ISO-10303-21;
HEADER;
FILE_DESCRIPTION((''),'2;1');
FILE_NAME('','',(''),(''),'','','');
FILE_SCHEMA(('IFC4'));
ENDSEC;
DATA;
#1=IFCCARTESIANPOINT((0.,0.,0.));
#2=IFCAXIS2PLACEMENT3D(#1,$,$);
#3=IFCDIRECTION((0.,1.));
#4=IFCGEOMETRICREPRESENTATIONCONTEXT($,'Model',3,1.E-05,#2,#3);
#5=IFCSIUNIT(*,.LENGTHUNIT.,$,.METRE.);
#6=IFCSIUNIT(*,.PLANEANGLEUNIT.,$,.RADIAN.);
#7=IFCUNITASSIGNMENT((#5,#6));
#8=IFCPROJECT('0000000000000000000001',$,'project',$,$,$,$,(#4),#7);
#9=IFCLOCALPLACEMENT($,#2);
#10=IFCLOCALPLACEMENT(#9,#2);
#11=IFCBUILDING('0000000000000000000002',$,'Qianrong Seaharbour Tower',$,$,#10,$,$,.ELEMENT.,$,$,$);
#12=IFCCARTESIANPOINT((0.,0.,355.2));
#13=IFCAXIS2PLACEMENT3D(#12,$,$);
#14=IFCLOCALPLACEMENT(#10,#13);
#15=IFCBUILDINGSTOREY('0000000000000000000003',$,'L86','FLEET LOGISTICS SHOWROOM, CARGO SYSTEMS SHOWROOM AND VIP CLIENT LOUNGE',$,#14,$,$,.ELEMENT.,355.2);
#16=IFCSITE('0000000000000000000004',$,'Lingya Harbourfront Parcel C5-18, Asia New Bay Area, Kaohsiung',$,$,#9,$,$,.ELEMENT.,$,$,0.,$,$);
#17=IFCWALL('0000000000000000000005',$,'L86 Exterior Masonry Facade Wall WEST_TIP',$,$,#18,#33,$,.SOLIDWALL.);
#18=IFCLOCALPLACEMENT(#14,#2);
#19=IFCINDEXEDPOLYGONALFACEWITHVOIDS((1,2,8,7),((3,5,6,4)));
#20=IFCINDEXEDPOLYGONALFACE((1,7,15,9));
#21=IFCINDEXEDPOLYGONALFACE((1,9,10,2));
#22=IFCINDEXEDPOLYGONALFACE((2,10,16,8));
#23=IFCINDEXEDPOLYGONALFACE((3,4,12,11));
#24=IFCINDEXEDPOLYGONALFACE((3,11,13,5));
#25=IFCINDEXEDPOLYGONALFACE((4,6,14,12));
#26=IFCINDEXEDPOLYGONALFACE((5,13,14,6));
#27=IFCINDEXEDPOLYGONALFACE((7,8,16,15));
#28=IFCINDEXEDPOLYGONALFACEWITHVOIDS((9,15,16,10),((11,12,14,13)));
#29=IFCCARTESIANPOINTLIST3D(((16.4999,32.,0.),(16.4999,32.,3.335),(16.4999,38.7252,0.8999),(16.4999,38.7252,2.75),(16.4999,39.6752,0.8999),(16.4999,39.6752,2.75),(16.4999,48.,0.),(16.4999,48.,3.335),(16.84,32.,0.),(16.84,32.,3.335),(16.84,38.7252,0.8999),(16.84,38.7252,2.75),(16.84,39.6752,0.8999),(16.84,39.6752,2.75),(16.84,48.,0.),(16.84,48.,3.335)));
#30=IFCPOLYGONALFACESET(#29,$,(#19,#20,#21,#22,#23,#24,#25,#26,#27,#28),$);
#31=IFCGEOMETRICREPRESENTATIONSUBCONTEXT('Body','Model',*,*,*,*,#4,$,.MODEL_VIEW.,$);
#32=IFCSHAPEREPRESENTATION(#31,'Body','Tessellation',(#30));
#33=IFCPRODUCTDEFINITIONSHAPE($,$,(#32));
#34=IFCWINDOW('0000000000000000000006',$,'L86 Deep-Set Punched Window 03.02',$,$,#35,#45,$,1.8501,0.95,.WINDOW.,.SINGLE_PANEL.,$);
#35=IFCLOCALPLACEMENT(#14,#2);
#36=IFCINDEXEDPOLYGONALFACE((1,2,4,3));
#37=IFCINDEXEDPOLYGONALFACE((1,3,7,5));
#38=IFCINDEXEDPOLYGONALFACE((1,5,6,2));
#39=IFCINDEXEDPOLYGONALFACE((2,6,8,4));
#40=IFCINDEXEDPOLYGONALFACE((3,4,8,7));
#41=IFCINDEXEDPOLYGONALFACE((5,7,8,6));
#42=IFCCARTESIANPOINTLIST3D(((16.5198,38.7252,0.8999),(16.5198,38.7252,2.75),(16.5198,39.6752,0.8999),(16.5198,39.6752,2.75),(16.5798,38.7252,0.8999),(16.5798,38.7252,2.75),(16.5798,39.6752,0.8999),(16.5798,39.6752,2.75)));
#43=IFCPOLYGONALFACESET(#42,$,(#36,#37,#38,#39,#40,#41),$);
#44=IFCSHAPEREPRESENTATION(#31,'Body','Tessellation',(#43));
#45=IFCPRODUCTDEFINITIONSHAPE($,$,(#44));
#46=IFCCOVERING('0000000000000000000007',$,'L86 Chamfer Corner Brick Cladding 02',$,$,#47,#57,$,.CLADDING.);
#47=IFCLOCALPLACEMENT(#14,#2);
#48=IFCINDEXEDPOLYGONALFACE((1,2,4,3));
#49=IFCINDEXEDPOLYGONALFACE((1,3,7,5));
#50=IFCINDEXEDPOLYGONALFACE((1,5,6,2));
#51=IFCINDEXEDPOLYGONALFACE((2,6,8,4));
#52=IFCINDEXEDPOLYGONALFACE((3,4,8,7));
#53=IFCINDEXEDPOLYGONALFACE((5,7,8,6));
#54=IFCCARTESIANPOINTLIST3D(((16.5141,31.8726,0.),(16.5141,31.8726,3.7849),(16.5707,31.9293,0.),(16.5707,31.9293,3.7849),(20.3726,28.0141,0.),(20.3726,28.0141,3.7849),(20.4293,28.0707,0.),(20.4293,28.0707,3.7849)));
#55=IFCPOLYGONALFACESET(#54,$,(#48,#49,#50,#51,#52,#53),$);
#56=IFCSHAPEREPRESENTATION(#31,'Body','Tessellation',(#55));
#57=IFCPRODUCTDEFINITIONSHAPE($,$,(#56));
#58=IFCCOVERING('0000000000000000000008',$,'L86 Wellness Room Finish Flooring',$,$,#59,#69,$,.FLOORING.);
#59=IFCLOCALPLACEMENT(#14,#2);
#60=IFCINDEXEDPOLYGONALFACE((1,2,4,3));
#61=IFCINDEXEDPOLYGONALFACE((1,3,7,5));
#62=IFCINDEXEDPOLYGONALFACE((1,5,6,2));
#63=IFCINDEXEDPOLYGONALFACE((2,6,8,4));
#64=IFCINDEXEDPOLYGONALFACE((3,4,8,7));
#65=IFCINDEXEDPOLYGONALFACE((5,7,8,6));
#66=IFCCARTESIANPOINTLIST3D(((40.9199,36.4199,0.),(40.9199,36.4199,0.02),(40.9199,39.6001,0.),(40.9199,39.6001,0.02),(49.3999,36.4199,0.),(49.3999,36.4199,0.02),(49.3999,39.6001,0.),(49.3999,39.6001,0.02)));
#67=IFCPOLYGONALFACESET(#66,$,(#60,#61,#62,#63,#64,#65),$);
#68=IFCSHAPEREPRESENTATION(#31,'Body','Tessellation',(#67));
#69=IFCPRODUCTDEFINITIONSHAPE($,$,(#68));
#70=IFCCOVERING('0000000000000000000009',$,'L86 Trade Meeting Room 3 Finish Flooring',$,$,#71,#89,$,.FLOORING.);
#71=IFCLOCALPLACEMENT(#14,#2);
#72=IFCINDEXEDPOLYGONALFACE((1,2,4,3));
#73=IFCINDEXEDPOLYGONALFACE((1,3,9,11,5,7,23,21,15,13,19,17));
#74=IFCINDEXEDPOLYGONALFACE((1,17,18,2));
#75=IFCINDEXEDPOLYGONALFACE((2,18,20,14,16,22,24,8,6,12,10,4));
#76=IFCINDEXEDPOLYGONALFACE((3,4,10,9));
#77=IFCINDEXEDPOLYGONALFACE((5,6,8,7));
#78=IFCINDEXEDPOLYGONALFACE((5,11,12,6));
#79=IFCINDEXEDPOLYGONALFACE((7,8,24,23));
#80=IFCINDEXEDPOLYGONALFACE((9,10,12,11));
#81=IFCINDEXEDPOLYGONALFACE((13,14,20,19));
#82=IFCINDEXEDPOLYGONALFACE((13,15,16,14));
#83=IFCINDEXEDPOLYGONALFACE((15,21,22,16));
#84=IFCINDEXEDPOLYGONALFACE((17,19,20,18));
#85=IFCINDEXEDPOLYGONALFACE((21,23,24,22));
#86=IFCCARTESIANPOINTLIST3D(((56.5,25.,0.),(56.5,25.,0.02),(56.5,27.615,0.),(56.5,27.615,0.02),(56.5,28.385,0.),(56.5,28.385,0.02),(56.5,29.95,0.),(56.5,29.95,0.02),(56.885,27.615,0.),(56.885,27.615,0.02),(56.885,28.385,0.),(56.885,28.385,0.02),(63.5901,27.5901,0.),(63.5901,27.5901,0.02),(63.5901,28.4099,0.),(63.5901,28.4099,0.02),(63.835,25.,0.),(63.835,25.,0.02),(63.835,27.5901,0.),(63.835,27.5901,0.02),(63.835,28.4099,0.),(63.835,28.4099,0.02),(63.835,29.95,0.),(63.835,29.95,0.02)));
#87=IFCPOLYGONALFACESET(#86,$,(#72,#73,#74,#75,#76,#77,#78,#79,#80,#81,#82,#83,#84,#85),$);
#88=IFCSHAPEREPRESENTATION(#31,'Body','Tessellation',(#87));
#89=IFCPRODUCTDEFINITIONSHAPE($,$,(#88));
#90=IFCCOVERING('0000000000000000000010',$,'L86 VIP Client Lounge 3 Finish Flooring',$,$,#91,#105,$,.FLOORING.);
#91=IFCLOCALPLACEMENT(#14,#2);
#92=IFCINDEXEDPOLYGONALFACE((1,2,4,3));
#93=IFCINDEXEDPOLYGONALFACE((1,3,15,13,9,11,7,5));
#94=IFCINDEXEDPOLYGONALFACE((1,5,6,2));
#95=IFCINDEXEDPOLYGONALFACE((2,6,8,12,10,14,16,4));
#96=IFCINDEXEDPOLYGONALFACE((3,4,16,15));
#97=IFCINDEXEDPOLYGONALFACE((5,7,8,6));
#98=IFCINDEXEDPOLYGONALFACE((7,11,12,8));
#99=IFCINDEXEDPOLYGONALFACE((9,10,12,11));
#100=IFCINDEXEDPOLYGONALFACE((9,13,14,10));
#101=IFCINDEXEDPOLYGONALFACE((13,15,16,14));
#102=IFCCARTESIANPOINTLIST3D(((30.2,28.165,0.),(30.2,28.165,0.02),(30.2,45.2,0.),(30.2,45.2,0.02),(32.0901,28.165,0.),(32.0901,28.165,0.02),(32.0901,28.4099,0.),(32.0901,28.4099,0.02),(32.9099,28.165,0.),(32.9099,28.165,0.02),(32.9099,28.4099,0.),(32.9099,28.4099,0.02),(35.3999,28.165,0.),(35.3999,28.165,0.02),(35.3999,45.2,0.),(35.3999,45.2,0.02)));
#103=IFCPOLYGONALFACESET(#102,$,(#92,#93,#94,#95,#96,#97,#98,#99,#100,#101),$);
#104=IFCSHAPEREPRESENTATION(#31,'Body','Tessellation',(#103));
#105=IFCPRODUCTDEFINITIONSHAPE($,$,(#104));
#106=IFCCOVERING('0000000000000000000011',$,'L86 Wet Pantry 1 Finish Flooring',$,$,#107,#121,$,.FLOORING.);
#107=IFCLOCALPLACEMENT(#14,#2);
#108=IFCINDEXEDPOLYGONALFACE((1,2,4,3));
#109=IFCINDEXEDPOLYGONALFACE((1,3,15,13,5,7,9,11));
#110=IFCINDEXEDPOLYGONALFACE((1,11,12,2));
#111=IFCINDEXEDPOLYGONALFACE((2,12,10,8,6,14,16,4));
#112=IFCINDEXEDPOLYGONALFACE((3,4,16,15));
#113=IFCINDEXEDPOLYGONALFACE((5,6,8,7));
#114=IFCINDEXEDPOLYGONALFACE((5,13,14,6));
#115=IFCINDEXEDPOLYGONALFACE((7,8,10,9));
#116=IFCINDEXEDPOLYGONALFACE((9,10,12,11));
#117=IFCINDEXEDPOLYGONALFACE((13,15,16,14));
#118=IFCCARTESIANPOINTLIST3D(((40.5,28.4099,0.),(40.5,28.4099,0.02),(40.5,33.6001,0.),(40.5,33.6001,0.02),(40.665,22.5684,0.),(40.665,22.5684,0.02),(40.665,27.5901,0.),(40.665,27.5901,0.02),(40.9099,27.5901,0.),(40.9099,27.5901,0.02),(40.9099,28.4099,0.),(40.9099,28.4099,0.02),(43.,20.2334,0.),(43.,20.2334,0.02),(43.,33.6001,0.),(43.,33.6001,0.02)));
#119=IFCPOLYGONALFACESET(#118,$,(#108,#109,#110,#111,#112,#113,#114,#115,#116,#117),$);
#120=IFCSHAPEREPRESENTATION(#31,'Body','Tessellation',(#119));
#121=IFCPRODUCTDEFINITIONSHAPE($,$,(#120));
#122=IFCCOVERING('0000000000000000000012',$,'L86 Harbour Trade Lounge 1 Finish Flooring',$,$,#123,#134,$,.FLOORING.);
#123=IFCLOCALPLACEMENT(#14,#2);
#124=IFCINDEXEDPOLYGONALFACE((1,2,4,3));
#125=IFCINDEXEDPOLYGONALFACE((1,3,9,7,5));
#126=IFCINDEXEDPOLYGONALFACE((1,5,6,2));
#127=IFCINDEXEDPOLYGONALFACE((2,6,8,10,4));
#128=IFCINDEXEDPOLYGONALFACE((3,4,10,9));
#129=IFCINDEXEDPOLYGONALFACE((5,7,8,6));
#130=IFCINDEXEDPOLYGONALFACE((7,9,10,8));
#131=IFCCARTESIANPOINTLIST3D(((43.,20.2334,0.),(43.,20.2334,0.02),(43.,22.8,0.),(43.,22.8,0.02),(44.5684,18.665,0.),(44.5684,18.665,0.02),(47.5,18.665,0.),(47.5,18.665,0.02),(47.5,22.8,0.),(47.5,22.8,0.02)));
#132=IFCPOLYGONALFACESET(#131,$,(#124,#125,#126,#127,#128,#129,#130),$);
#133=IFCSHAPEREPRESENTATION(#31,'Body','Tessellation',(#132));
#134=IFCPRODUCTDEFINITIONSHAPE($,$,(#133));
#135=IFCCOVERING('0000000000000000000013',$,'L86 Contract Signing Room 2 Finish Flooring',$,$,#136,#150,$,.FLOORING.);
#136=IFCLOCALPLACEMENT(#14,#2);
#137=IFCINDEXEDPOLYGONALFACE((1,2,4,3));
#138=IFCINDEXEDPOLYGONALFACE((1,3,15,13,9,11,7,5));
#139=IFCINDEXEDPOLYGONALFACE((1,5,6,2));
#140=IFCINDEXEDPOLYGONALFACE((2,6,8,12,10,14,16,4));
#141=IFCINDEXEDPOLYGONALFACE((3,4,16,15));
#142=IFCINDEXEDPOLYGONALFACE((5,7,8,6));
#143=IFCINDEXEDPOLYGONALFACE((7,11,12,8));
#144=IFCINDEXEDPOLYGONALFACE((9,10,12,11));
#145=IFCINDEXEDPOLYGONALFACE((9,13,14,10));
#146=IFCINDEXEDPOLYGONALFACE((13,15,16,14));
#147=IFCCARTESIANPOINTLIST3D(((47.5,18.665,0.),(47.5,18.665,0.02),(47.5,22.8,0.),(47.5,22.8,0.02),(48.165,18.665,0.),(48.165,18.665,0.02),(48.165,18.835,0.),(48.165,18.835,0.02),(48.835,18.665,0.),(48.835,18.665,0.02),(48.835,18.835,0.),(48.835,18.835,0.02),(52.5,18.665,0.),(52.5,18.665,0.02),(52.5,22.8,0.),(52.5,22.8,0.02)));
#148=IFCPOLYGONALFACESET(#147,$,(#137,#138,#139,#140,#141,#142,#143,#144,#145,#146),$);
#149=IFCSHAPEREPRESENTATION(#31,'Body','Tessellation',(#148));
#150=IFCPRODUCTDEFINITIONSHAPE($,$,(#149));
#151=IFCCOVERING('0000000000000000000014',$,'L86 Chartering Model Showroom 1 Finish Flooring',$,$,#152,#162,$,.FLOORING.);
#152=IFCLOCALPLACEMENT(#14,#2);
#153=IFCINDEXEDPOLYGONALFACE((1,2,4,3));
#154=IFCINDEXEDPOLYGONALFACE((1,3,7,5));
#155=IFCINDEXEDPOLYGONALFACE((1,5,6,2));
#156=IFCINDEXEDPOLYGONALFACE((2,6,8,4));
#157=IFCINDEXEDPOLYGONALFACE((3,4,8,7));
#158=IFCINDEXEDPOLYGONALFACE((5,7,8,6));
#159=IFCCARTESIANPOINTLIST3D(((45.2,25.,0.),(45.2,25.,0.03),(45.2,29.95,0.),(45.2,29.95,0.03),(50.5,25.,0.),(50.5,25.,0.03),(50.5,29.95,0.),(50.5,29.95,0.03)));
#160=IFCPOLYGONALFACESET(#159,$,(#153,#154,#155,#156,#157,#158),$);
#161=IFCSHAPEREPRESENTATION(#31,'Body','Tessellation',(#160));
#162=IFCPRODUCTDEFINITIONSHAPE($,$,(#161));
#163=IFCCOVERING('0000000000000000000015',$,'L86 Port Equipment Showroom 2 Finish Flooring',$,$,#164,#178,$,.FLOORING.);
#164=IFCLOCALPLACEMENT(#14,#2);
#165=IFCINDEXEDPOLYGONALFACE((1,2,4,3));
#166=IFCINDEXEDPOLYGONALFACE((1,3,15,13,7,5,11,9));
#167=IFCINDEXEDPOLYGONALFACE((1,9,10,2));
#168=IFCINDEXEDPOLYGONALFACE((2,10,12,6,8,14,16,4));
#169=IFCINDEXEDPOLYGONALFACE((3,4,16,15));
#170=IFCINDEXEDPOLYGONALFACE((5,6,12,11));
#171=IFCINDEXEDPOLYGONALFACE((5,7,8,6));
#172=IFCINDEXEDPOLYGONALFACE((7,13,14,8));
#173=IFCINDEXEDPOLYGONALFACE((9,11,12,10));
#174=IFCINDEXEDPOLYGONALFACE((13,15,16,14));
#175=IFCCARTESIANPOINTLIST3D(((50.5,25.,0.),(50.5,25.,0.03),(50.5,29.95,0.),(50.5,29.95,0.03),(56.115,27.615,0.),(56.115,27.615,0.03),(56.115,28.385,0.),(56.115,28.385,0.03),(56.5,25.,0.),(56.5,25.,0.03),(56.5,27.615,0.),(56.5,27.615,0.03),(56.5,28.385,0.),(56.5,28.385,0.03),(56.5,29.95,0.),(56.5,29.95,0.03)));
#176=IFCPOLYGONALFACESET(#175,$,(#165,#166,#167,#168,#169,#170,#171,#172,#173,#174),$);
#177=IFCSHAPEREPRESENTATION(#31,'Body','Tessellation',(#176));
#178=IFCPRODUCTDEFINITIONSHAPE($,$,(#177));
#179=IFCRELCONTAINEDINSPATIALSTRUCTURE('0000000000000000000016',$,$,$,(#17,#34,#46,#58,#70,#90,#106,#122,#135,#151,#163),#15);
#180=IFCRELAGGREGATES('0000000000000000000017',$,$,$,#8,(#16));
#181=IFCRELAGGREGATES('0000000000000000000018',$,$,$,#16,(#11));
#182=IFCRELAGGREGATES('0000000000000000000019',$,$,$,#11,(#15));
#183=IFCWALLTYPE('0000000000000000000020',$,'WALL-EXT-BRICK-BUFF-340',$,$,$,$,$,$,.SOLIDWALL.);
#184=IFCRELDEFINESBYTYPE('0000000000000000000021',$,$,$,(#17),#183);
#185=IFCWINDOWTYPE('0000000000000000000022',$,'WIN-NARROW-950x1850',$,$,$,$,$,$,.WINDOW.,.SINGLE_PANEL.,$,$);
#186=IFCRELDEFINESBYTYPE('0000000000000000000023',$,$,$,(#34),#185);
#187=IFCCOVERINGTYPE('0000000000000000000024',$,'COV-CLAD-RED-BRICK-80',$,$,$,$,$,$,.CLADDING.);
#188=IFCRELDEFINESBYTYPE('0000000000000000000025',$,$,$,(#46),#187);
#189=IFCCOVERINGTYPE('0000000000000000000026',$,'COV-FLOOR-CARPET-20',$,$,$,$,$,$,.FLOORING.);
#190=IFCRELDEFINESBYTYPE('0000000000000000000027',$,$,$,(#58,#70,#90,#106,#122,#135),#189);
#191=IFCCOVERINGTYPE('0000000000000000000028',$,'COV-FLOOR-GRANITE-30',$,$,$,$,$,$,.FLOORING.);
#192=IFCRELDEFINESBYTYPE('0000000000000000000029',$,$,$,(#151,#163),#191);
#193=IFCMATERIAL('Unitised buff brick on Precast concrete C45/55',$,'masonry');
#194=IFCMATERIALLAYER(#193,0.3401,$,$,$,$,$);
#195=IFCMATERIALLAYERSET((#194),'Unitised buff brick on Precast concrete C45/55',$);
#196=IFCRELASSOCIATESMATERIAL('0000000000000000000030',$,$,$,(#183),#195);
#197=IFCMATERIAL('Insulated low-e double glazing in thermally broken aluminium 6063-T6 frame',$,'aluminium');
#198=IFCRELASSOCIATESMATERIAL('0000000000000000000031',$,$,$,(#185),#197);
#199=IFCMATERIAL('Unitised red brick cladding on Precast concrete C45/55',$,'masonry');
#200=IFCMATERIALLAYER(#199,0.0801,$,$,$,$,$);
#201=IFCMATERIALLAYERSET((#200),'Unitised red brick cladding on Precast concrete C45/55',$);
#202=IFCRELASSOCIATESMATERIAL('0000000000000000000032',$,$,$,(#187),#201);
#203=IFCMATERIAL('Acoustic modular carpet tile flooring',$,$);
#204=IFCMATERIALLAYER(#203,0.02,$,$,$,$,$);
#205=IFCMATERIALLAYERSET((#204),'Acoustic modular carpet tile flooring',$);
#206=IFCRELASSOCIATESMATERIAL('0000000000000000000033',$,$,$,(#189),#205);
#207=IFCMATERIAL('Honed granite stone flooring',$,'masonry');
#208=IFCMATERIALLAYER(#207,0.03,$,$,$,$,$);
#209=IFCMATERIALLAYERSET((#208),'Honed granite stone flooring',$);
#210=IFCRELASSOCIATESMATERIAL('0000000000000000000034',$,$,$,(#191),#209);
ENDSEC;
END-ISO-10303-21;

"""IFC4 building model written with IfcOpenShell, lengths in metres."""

from ifc_helpers import new_model, si_unit, direction, frame, frame_2d, origin, origin_2d, place, context, subcontext, project, spatial, polyline, rectangle, outline, extrude, material, layer, layer_set, type_object, element, fill, save


model = new_model("IFC4")

# Units and contexts
model_context = context("Model", 3, precision=1e-05, world=origin(), true_north=direction((0.0, 1.0)))
body_context = subcontext(model_context, "Body", "Model", "MODEL_VIEW")
ifc_project = project(units=[si_unit("LENGTHUNIT", "METRE"), si_unit("PLANEANGLEUNIT", "RADIAN")], contexts=[model_context])

# Site, building, storey
site_placement = place(None, origin())
site = spatial("IfcSite", under=ifc_project, at=site_placement, Name="Lingya Harbourfront Parcel C5-18, Asia New Bay Area, Kaohsiung", CompositionType="ELEMENT", RefElevation=0.0)
building_placement = place(site_placement, origin())
building = spatial("IfcBuilding", under=site, at=building_placement, Name="Qianrong Seaharbour Tower", CompositionType="ELEMENT")
storey_placement = place(building_placement, frame((0.0, 0.0, 355.2)))
storey = spatial("IfcBuildingStorey", under=building, at=storey_placement, Name="L86", Description="FLEET LOGISTICS SHOWROOM, CARGO SYSTEMS SHOWROOM AND VIP CLIENT LOUNGE", CompositionType="ELEMENT", Elevation=355.2)

# Shared definitions
ifc_material_1 = material(Name="Unitised buff brick on Precast concrete C45/55", Category="masonry")
ifc_layer_1 = layer(ifc_material_1, 0.3401)
ifc_layer_set_1 = layer_set([ifc_layer_1], Name="Unitised buff brick on Precast concrete C45/55")
wall_type = type_object("IfcWallType", Name="WALL-EXT-BRICK-BUFF-340", PredefinedType="SOLIDWALL", material=ifc_layer_set_1)

# Wall, opening, window
wall_1_placement = place(storey_placement, frame((16.6699, 32.0, 0.0), z_axis=(0.0, 0.0, 1.0), x_axis=(0.0, 1.0, 0.0)))
wall_1 = element("IfcWall", 1, at=wall_1_placement, inside=storey, type_object=wall_type, Name="L86 Exterior Masonry Facade Wall WEST_TIP", PredefinedType="SOLIDWALL", context=body_context, shape_type="SweptSolid", body=[
    extrude(rectangle(XDim=16.0, YDim=0.3401, at=frame_2d((8.0, 0.0))), origin(), (0.0, 0.0, 1.0), 3.335),
])
opening_placement = place(wall_1_placement, frame((6.7251, 0.0, 0.8999)))
opening = element("IfcOpeningElement", 2, at=opening_placement, cuts=wall_1, PredefinedType="OPENING", context=body_context, shape_type="SweptSolid", body=[
    extrude(rectangle(XDim=0.95, YDim=1.8501, at=frame_2d((0.4751, 0.925))), frame((0.0, 0.1802, 0.0), z_axis=(0.0, -1.0, 0.0), x_axis=(1.0, 0.0, 0.0)), (0.0, 0.0, 1.0), 0.3601),
])
ifc_material_2 = material(Name="Insulated low-e double glazing in thermally broken aluminium 6063-T6 frame", Category="aluminium")
window_type = type_object("IfcWindowType", Name="WIN-NARROW-950x1850", PartitioningType="SINGLE_PANEL", PredefinedType="WINDOW", material=ifc_material_2)
window_placement = place(opening_placement, origin())
window = element("IfcWindow", 3, at=window_placement, inside=storey, type_object=window_type, Name="L86 Deep-Set Punched Window 03.02", OverallHeight=1.8501, OverallWidth=0.95, PartitioningType="SINGLE_PANEL", PredefinedType="WINDOW", context=body_context, shape_type="SweptSolid", body=[
    extrude(rectangle(XDim=0.95, YDim=1.8501, at=frame_2d((0.4751, 0.925))), frame((0.0, 0.1501, 0.0), z_axis=(0.0, -1.0, 0.0), x_axis=(1.0, 0.0, 0.0)), (0.0, 0.0, 1.0), 0.0601),
])
fill(opening, window)

# Coverings
ifc_material_3 = material(Name="Unitised red brick cladding on Precast concrete C45/55", Category="masonry")
ifc_layer_2 = layer(ifc_material_3, 0.0801)
ifc_layer_set_2 = layer_set([ifc_layer_2], Name="Unitised red brick cladding on Precast concrete C45/55")
covering_type_1 = type_object("IfcCoveringType", Name="COV-CLAD-RED-BRICK-80", PredefinedType="CLADDING", material=ifc_layer_set_2)
covering_1_placement = place(storey_placement, frame((18.4717, 29.9717, 0.0), z_axis=(0.0, 0.0, 1.0), x_axis=(-0.707107, 0.707107, 0.0)))
element("IfcCovering", 4, at=covering_1_placement, inside=storey, type_object=covering_type_1, Name="L86 Chamfer Corner Brick Cladding 02", PredefinedType="CLADDING", context=body_context, shape_type="SweptSolid", body=[
    extrude(rectangle(XDim=5.4568, YDim=0.0801, at=origin_2d()), origin(), (0.0, 0.0, 1.0), 3.7849),
])
ifc_material_4 = material(Name="Acoustic modular carpet tile flooring")
ifc_layer_3 = layer(ifc_material_4, 0.02)
ifc_layer_set_3 = layer_set([ifc_layer_3], Name="Acoustic modular carpet tile flooring")
covering_type_2 = type_object("IfcCoveringType", Name="COV-FLOOR-CARPET-20", PredefinedType="FLOORING", material=ifc_layer_set_3)
covering_2_placement = place(storey_placement, origin())
element("IfcCovering", 5, at=covering_2_placement, inside=storey, type_object=covering_type_2, Name="L86 Wellness Room Finish Flooring", PredefinedType="FLOORING", context=body_context, shape_type="SweptSolid", body=[
    extrude(outline(polyline([(49.3999, 39.6001), (49.3999, 36.4199), (40.9199, 36.4199), (40.9199, 39.6001), (49.3999, 39.6001)])), origin(), (0.0, 0.0, 1.0), 0.02),
])
covering_3_placement = place(storey_placement, origin())
element("IfcCovering", 6, at=covering_3_placement, inside=storey, type_object=covering_type_2, Name="L86 Trade Meeting Room 3 Finish Flooring", PredefinedType="FLOORING", context=body_context, shape_type="SweptSolid", body=[
    extrude(outline(polyline([(63.835, 29.95), (63.835, 28.4099), (63.5901, 28.4099), (63.5901, 27.5901), (63.835, 27.5901), (63.835, 25.0), (56.5, 25.0), (56.5, 27.615), (56.885, 27.615), (56.885, 28.385), (56.5, 28.385), (56.5, 29.95), (63.835, 29.95)])), origin(), (0.0, 0.0, 1.0), 0.02),
])
covering_4_placement = place(storey_placement, origin())
element("IfcCovering", 7, at=covering_4_placement, inside=storey, type_object=covering_type_2, Name="L86 VIP Client Lounge 3 Finish Flooring", PredefinedType="FLOORING", context=body_context, shape_type="SweptSolid", body=[
    extrude(outline(polyline([(32.9099, 28.165), (32.9099, 28.4099), (32.0901, 28.4099), (32.0901, 28.165), (30.2, 28.165), (30.2, 45.2), (35.3999, 45.2), (35.3999, 28.165), (32.9099, 28.165)])), origin(), (0.0, 0.0, 1.0), 0.02),
])
covering_5_placement = place(storey_placement, origin())
element("IfcCovering", 8, at=covering_5_placement, inside=storey, type_object=covering_type_2, Name="L86 Wet Pantry 1 Finish Flooring", PredefinedType="FLOORING", context=body_context, shape_type="SweptSolid", body=[
    extrude(outline(polyline([(43.0, 20.2334), (40.665, 22.5684), (40.665, 27.5901), (40.9099, 27.5901), (40.9099, 28.4099), (40.5, 28.4099), (40.5, 33.6001), (43.0, 33.6001), (43.0, 20.2334)])), origin(), (0.0, 0.0, 1.0), 0.02),
])
covering_6_placement = place(storey_placement, origin())
element("IfcCovering", 9, at=covering_6_placement, inside=storey, type_object=covering_type_2, Name="L86 Harbour Trade Lounge 1 Finish Flooring", PredefinedType="FLOORING", context=body_context, shape_type="SweptSolid", body=[
    extrude(outline(polyline([(47.5, 18.665), (44.5684, 18.665), (43.0, 20.2334), (43.0, 22.8), (47.5, 22.8), (47.5, 18.665)])), origin(), (0.0, 0.0, 1.0), 0.02),
])
covering_7_placement = place(storey_placement, origin())
element("IfcCovering", 10, at=covering_7_placement, inside=storey, type_object=covering_type_2, Name="L86 Contract Signing Room 2 Finish Flooring", PredefinedType="FLOORING", context=body_context, shape_type="SweptSolid", body=[
    extrude(outline(polyline([(52.5, 18.665), (48.835, 18.665), (48.835, 18.835), (48.165, 18.835), (48.165, 18.665), (47.5, 18.665), (47.5, 22.8), (52.5, 22.8), (52.5, 18.665)])), origin(), (0.0, 0.0, 1.0), 0.02),
])
ifc_material_5 = material(Name="Honed granite stone flooring", Category="masonry")
ifc_layer_4 = layer(ifc_material_5, 0.03)
ifc_layer_set_4 = layer_set([ifc_layer_4], Name="Honed granite stone flooring")
covering_type_3 = type_object("IfcCoveringType", Name="COV-FLOOR-GRANITE-30", PredefinedType="FLOORING", material=ifc_layer_set_4)
covering_8_placement = place(storey_placement, origin())
element("IfcCovering", 11, at=covering_8_placement, inside=storey, type_object=covering_type_3, Name="L86 Chartering Model Showroom 1 Finish Flooring", PredefinedType="FLOORING", context=body_context, shape_type="SweptSolid", body=[
    extrude(outline(polyline([(50.5, 29.95), (50.5, 25.0), (45.2, 25.0), (45.2, 29.95), (50.5, 29.95)])), origin(), (0.0, 0.0, 1.0), 0.03),
])
covering_9_placement = place(storey_placement, origin())
element("IfcCovering", 12, at=covering_9_placement, inside=storey, type_object=covering_type_3, Name="L86 Port Equipment Showroom 2 Finish Flooring", PredefinedType="FLOORING", context=body_context, shape_type="SweptSolid", body=[
    extrude(outline(polyline([(56.5, 29.95), (56.5, 28.385), (56.115, 28.385), (56.115, 27.615), (56.5, 27.615), (56.5, 25.0), (50.5, 25.0), (50.5, 29.95), (56.5, 29.95)])), origin(), (0.0, 0.0, 1.0), 0.03),
])

save(model, "model.ifc")
